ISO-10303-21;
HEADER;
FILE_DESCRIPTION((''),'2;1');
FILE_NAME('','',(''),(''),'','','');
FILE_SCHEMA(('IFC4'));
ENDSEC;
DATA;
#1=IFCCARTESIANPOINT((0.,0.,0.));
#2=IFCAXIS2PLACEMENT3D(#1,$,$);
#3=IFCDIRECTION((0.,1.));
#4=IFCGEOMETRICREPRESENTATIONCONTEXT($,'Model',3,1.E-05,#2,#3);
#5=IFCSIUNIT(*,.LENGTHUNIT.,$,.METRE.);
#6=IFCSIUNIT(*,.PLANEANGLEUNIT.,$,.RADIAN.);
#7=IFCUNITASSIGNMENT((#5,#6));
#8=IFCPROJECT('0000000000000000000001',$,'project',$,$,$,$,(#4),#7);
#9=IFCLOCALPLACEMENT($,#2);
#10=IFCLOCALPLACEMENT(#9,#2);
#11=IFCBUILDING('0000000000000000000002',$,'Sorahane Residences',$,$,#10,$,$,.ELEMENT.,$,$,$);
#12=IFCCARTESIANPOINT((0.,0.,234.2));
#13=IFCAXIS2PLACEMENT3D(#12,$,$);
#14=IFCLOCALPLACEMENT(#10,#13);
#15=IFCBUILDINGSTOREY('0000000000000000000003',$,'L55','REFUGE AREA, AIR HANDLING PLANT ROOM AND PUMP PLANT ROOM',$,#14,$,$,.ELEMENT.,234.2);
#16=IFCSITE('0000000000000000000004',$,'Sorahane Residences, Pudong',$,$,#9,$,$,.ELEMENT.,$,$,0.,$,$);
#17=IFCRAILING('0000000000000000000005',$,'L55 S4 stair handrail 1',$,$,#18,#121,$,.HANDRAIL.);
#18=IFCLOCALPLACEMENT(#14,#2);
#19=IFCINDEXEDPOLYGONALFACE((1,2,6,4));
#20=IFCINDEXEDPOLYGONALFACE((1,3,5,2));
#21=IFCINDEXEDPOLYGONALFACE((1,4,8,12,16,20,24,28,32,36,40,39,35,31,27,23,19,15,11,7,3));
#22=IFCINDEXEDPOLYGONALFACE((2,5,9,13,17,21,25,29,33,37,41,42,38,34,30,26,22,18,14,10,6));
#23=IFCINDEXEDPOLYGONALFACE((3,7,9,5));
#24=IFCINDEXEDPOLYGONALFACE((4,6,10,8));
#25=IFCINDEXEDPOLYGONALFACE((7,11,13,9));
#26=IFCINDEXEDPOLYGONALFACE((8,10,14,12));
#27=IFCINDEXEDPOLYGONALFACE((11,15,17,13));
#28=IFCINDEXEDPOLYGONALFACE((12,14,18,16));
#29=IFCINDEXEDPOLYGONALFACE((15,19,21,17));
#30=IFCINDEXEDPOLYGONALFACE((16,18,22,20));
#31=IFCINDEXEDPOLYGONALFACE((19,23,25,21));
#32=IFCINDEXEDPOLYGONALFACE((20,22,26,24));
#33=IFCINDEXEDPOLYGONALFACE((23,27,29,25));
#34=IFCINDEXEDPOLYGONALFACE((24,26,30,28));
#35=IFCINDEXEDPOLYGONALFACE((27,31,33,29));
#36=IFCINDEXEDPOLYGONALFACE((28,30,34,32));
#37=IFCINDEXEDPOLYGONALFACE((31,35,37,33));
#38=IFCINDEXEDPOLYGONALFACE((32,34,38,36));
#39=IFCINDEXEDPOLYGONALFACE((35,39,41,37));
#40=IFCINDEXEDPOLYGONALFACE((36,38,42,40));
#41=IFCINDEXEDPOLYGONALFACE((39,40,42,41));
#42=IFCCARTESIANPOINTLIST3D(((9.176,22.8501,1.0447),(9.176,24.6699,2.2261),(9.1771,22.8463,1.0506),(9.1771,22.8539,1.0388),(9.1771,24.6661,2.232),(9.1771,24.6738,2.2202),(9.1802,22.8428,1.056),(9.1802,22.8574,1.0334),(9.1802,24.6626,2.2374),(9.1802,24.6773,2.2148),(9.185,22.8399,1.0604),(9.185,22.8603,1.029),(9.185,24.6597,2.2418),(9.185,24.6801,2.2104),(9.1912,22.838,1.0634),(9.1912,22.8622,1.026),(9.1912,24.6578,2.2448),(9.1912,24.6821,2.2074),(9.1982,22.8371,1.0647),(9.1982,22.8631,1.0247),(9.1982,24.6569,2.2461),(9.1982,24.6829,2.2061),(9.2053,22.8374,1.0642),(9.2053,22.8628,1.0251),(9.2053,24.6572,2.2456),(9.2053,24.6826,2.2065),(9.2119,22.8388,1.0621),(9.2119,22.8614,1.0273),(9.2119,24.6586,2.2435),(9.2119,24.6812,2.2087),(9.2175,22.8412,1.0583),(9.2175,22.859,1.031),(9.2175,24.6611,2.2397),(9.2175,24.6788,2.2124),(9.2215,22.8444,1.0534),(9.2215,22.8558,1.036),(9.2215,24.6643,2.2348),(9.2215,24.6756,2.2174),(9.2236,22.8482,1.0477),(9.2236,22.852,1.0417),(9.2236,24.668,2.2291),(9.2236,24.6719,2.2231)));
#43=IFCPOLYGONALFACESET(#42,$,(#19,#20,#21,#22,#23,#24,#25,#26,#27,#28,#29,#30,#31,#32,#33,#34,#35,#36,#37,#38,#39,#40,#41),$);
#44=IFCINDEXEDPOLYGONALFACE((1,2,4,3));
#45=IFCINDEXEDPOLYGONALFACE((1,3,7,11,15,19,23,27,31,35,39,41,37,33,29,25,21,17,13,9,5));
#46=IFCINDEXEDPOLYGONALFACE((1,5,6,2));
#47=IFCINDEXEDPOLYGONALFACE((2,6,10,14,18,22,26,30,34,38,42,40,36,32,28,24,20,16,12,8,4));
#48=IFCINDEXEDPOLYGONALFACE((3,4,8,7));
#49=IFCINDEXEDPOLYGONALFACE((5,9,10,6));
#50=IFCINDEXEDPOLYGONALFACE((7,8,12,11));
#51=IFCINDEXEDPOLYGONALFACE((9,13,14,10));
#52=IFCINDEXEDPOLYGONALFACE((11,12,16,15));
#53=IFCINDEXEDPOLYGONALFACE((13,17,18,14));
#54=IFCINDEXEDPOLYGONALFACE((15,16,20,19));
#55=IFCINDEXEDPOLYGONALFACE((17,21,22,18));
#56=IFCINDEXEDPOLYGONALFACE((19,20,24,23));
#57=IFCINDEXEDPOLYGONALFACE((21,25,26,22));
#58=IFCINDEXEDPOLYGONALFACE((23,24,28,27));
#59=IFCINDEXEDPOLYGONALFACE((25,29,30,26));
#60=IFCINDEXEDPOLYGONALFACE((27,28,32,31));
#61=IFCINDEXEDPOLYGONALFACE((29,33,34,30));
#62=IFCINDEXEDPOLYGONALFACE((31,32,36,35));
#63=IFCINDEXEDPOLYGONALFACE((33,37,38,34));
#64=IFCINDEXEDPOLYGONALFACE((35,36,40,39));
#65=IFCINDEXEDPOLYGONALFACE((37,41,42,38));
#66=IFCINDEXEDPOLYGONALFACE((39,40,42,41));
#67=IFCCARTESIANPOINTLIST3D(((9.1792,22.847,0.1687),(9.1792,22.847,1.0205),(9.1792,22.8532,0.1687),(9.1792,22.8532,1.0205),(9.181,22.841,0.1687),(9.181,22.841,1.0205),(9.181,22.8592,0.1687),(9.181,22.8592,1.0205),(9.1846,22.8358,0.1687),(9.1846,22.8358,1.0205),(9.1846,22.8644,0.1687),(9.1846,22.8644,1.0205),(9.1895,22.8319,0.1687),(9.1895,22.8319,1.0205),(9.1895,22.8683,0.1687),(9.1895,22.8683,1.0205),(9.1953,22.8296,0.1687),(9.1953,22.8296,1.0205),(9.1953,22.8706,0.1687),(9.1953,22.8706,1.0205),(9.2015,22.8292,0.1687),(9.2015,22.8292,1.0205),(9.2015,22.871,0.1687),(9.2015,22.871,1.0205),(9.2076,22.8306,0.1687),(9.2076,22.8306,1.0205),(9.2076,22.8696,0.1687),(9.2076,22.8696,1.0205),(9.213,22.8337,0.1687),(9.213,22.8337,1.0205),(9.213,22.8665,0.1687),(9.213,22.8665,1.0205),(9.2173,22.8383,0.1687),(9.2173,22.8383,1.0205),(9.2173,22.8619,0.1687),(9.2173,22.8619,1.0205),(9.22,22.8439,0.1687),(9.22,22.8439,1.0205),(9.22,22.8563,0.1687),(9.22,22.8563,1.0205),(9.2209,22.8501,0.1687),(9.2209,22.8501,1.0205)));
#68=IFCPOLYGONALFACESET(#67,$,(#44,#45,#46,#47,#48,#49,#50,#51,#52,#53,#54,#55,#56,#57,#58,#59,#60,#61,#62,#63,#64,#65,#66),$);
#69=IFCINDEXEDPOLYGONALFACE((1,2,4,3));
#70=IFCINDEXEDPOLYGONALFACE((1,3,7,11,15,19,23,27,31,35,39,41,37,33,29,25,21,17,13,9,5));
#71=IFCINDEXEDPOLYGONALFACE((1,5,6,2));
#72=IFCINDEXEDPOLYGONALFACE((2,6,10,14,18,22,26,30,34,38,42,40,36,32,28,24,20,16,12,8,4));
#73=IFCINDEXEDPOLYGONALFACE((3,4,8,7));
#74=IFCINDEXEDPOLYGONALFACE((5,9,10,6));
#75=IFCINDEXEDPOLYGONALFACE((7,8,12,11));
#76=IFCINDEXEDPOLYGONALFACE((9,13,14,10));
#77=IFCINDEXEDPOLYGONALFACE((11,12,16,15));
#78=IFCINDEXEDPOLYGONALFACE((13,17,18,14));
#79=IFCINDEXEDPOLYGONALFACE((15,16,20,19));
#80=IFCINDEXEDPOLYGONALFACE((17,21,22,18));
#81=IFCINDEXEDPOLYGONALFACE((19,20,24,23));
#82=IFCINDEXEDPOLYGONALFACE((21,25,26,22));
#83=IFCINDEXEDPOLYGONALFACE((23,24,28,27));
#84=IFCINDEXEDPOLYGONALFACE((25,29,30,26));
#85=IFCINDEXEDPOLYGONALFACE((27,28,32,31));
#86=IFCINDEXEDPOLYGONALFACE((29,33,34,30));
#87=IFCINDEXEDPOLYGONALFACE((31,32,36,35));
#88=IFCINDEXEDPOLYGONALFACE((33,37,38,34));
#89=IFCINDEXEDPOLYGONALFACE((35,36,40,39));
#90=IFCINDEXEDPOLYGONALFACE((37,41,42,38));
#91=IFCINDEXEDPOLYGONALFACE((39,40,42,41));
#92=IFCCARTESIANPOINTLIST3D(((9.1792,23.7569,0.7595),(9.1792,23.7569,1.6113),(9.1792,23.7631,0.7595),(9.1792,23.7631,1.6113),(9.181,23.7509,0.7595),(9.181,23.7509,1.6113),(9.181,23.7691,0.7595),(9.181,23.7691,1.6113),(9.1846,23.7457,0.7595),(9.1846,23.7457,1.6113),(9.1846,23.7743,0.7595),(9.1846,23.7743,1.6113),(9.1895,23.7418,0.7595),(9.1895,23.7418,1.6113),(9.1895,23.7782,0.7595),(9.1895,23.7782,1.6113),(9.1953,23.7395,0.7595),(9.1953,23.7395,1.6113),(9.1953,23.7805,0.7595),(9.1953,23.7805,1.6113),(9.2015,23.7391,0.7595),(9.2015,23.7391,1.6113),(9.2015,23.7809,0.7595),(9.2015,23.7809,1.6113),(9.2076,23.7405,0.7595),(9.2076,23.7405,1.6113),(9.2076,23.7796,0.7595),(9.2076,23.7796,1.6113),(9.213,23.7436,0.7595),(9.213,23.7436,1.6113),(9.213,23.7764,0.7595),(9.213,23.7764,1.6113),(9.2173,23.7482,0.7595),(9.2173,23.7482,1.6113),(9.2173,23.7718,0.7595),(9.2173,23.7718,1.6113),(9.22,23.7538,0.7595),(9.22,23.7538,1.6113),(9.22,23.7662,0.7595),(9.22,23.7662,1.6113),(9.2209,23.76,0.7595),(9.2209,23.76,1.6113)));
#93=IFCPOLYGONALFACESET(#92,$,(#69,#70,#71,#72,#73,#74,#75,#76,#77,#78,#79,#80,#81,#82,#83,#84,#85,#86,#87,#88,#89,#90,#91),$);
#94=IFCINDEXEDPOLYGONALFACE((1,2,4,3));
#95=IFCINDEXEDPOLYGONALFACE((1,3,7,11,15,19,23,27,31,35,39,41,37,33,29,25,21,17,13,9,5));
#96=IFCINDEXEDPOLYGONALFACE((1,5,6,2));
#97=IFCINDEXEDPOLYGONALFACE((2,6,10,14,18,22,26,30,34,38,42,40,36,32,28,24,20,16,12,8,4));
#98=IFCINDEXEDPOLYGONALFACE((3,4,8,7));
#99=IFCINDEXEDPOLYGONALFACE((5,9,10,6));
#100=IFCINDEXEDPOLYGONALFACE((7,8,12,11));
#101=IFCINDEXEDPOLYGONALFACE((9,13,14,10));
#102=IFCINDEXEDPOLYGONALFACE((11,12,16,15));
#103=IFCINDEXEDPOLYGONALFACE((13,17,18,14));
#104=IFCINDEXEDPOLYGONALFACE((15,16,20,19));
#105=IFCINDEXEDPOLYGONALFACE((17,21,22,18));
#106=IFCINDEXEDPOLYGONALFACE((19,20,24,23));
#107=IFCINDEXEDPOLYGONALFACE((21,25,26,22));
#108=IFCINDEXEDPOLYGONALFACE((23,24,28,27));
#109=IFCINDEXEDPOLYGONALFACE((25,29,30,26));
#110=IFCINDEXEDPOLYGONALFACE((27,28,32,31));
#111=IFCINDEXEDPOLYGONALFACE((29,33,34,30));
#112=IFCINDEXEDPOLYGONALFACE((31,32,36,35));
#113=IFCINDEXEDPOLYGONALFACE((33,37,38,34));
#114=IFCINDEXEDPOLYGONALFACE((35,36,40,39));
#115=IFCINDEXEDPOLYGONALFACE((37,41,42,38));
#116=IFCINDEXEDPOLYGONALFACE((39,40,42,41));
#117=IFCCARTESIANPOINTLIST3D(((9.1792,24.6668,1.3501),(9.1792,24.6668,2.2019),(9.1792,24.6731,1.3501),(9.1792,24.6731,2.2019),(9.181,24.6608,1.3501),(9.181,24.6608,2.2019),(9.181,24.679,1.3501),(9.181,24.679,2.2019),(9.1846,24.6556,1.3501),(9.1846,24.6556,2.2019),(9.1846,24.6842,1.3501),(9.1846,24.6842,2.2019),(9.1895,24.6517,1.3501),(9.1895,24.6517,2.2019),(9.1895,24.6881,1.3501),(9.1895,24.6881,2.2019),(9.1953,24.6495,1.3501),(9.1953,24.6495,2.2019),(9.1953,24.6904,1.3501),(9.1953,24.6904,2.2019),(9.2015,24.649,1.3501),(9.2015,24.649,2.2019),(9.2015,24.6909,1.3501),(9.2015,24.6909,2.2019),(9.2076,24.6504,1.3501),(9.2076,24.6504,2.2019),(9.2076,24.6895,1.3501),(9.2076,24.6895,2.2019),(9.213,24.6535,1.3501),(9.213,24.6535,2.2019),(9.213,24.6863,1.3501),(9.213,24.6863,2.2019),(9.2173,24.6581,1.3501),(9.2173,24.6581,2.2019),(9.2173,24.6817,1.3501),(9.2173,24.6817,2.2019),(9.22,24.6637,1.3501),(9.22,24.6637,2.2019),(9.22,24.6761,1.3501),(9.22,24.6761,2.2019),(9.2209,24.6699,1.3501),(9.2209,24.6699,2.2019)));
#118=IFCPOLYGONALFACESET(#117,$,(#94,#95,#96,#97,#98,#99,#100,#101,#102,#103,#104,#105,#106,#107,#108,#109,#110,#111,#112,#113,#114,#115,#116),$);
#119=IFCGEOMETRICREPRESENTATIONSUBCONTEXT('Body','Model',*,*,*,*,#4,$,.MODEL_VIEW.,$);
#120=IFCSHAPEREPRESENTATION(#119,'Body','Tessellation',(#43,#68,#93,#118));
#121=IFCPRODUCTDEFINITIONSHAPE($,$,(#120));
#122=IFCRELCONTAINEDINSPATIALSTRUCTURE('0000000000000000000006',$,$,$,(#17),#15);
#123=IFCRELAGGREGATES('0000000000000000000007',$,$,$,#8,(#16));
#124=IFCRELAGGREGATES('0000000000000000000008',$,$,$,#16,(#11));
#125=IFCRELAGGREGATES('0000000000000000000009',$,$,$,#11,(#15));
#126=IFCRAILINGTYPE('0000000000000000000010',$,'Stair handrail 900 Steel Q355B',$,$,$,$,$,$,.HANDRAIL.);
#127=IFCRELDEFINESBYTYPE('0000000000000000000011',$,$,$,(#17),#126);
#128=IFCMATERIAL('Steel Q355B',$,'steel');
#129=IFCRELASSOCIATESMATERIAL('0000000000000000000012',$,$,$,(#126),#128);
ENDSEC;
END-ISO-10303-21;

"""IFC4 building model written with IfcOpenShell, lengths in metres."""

from ifc_helpers import new_model, si_unit, direction, frame, origin, origin_2d, place, context, subcontext, project, spatial, circle, extrude, material, type_object, element, save


model = new_model("IFC4")

# Units and contexts
model_context = context("Model", 3, precision=1e-05, world=origin(), true_north=direction((0.0, 1.0)))
body_context = subcontext(model_context, "Body", "Model", "MODEL_VIEW")
ifc_project = project(units=[si_unit("LENGTHUNIT", "METRE"), si_unit("PLANEANGLEUNIT", "RADIAN")], contexts=[model_context])

# Site, building, storey
site_placement = place(None, origin())
site = spatial("IfcSite", under=ifc_project, at=site_placement, Name="Sorahane Residences, Pudong", CompositionType="ELEMENT", RefElevation=0.0)
building_placement = place(site_placement, origin())
building = spatial("IfcBuilding", under=site, at=building_placement, Name="Sorahane Residences", CompositionType="ELEMENT")
storey_placement = place(building_placement, frame((0.0, 0.0, 234.2)))
storey = spatial("IfcBuildingStorey", under=building, at=storey_placement, Name="L55", Description="REFUGE AREA, AIR HANDLING PLANT ROOM AND PUMP PLANT ROOM", CompositionType="ELEMENT", Elevation=234.2)

# Railing
ifc_material_1 = material(Name="Steel Q355B", Category="steel")
railing_type_1 = type_object("IfcRailingType", Name="Stair handrail 900 Steel Q355B", PredefinedType="HANDRAIL", material=ifc_material_1)
railing_1_placement = place(storey_placement, frame((9.2, 22.8501, 0.1687)))
element("IfcRailing", 1, at=railing_1_placement, inside=storey, type_object=railing_type_1, Name="L55 S4 stair handrail 1", PredefinedType="HANDRAIL", context=body_context, shape_type="SweptSolid", body=[
    extrude(circle(Radius=0.0239, at=origin_2d()), frame((0.0, 0.0, 0.876), z_axis=(0.0, 0.838757, 0.544506), x_axis=(-1.0, 0.0, 0.0)), (0.0, 0.0, 1.0), 2.1697),
    extrude(circle(Radius=0.021, at=origin_2d()), origin(), (0.0, 0.0, 1.0), 0.8518),
    extrude(circle(Radius=0.021, at=origin_2d()), frame((0.0, 0.9099, 0.5908)), (0.0, 0.0, 1.0), 0.8518),
    extrude(circle(Radius=0.021, at=origin_2d()), frame((0.0, 1.8198, 1.1814)), (0.0, 0.0, 1.0), 0.8518),
])

save(model, "model.ifc")
